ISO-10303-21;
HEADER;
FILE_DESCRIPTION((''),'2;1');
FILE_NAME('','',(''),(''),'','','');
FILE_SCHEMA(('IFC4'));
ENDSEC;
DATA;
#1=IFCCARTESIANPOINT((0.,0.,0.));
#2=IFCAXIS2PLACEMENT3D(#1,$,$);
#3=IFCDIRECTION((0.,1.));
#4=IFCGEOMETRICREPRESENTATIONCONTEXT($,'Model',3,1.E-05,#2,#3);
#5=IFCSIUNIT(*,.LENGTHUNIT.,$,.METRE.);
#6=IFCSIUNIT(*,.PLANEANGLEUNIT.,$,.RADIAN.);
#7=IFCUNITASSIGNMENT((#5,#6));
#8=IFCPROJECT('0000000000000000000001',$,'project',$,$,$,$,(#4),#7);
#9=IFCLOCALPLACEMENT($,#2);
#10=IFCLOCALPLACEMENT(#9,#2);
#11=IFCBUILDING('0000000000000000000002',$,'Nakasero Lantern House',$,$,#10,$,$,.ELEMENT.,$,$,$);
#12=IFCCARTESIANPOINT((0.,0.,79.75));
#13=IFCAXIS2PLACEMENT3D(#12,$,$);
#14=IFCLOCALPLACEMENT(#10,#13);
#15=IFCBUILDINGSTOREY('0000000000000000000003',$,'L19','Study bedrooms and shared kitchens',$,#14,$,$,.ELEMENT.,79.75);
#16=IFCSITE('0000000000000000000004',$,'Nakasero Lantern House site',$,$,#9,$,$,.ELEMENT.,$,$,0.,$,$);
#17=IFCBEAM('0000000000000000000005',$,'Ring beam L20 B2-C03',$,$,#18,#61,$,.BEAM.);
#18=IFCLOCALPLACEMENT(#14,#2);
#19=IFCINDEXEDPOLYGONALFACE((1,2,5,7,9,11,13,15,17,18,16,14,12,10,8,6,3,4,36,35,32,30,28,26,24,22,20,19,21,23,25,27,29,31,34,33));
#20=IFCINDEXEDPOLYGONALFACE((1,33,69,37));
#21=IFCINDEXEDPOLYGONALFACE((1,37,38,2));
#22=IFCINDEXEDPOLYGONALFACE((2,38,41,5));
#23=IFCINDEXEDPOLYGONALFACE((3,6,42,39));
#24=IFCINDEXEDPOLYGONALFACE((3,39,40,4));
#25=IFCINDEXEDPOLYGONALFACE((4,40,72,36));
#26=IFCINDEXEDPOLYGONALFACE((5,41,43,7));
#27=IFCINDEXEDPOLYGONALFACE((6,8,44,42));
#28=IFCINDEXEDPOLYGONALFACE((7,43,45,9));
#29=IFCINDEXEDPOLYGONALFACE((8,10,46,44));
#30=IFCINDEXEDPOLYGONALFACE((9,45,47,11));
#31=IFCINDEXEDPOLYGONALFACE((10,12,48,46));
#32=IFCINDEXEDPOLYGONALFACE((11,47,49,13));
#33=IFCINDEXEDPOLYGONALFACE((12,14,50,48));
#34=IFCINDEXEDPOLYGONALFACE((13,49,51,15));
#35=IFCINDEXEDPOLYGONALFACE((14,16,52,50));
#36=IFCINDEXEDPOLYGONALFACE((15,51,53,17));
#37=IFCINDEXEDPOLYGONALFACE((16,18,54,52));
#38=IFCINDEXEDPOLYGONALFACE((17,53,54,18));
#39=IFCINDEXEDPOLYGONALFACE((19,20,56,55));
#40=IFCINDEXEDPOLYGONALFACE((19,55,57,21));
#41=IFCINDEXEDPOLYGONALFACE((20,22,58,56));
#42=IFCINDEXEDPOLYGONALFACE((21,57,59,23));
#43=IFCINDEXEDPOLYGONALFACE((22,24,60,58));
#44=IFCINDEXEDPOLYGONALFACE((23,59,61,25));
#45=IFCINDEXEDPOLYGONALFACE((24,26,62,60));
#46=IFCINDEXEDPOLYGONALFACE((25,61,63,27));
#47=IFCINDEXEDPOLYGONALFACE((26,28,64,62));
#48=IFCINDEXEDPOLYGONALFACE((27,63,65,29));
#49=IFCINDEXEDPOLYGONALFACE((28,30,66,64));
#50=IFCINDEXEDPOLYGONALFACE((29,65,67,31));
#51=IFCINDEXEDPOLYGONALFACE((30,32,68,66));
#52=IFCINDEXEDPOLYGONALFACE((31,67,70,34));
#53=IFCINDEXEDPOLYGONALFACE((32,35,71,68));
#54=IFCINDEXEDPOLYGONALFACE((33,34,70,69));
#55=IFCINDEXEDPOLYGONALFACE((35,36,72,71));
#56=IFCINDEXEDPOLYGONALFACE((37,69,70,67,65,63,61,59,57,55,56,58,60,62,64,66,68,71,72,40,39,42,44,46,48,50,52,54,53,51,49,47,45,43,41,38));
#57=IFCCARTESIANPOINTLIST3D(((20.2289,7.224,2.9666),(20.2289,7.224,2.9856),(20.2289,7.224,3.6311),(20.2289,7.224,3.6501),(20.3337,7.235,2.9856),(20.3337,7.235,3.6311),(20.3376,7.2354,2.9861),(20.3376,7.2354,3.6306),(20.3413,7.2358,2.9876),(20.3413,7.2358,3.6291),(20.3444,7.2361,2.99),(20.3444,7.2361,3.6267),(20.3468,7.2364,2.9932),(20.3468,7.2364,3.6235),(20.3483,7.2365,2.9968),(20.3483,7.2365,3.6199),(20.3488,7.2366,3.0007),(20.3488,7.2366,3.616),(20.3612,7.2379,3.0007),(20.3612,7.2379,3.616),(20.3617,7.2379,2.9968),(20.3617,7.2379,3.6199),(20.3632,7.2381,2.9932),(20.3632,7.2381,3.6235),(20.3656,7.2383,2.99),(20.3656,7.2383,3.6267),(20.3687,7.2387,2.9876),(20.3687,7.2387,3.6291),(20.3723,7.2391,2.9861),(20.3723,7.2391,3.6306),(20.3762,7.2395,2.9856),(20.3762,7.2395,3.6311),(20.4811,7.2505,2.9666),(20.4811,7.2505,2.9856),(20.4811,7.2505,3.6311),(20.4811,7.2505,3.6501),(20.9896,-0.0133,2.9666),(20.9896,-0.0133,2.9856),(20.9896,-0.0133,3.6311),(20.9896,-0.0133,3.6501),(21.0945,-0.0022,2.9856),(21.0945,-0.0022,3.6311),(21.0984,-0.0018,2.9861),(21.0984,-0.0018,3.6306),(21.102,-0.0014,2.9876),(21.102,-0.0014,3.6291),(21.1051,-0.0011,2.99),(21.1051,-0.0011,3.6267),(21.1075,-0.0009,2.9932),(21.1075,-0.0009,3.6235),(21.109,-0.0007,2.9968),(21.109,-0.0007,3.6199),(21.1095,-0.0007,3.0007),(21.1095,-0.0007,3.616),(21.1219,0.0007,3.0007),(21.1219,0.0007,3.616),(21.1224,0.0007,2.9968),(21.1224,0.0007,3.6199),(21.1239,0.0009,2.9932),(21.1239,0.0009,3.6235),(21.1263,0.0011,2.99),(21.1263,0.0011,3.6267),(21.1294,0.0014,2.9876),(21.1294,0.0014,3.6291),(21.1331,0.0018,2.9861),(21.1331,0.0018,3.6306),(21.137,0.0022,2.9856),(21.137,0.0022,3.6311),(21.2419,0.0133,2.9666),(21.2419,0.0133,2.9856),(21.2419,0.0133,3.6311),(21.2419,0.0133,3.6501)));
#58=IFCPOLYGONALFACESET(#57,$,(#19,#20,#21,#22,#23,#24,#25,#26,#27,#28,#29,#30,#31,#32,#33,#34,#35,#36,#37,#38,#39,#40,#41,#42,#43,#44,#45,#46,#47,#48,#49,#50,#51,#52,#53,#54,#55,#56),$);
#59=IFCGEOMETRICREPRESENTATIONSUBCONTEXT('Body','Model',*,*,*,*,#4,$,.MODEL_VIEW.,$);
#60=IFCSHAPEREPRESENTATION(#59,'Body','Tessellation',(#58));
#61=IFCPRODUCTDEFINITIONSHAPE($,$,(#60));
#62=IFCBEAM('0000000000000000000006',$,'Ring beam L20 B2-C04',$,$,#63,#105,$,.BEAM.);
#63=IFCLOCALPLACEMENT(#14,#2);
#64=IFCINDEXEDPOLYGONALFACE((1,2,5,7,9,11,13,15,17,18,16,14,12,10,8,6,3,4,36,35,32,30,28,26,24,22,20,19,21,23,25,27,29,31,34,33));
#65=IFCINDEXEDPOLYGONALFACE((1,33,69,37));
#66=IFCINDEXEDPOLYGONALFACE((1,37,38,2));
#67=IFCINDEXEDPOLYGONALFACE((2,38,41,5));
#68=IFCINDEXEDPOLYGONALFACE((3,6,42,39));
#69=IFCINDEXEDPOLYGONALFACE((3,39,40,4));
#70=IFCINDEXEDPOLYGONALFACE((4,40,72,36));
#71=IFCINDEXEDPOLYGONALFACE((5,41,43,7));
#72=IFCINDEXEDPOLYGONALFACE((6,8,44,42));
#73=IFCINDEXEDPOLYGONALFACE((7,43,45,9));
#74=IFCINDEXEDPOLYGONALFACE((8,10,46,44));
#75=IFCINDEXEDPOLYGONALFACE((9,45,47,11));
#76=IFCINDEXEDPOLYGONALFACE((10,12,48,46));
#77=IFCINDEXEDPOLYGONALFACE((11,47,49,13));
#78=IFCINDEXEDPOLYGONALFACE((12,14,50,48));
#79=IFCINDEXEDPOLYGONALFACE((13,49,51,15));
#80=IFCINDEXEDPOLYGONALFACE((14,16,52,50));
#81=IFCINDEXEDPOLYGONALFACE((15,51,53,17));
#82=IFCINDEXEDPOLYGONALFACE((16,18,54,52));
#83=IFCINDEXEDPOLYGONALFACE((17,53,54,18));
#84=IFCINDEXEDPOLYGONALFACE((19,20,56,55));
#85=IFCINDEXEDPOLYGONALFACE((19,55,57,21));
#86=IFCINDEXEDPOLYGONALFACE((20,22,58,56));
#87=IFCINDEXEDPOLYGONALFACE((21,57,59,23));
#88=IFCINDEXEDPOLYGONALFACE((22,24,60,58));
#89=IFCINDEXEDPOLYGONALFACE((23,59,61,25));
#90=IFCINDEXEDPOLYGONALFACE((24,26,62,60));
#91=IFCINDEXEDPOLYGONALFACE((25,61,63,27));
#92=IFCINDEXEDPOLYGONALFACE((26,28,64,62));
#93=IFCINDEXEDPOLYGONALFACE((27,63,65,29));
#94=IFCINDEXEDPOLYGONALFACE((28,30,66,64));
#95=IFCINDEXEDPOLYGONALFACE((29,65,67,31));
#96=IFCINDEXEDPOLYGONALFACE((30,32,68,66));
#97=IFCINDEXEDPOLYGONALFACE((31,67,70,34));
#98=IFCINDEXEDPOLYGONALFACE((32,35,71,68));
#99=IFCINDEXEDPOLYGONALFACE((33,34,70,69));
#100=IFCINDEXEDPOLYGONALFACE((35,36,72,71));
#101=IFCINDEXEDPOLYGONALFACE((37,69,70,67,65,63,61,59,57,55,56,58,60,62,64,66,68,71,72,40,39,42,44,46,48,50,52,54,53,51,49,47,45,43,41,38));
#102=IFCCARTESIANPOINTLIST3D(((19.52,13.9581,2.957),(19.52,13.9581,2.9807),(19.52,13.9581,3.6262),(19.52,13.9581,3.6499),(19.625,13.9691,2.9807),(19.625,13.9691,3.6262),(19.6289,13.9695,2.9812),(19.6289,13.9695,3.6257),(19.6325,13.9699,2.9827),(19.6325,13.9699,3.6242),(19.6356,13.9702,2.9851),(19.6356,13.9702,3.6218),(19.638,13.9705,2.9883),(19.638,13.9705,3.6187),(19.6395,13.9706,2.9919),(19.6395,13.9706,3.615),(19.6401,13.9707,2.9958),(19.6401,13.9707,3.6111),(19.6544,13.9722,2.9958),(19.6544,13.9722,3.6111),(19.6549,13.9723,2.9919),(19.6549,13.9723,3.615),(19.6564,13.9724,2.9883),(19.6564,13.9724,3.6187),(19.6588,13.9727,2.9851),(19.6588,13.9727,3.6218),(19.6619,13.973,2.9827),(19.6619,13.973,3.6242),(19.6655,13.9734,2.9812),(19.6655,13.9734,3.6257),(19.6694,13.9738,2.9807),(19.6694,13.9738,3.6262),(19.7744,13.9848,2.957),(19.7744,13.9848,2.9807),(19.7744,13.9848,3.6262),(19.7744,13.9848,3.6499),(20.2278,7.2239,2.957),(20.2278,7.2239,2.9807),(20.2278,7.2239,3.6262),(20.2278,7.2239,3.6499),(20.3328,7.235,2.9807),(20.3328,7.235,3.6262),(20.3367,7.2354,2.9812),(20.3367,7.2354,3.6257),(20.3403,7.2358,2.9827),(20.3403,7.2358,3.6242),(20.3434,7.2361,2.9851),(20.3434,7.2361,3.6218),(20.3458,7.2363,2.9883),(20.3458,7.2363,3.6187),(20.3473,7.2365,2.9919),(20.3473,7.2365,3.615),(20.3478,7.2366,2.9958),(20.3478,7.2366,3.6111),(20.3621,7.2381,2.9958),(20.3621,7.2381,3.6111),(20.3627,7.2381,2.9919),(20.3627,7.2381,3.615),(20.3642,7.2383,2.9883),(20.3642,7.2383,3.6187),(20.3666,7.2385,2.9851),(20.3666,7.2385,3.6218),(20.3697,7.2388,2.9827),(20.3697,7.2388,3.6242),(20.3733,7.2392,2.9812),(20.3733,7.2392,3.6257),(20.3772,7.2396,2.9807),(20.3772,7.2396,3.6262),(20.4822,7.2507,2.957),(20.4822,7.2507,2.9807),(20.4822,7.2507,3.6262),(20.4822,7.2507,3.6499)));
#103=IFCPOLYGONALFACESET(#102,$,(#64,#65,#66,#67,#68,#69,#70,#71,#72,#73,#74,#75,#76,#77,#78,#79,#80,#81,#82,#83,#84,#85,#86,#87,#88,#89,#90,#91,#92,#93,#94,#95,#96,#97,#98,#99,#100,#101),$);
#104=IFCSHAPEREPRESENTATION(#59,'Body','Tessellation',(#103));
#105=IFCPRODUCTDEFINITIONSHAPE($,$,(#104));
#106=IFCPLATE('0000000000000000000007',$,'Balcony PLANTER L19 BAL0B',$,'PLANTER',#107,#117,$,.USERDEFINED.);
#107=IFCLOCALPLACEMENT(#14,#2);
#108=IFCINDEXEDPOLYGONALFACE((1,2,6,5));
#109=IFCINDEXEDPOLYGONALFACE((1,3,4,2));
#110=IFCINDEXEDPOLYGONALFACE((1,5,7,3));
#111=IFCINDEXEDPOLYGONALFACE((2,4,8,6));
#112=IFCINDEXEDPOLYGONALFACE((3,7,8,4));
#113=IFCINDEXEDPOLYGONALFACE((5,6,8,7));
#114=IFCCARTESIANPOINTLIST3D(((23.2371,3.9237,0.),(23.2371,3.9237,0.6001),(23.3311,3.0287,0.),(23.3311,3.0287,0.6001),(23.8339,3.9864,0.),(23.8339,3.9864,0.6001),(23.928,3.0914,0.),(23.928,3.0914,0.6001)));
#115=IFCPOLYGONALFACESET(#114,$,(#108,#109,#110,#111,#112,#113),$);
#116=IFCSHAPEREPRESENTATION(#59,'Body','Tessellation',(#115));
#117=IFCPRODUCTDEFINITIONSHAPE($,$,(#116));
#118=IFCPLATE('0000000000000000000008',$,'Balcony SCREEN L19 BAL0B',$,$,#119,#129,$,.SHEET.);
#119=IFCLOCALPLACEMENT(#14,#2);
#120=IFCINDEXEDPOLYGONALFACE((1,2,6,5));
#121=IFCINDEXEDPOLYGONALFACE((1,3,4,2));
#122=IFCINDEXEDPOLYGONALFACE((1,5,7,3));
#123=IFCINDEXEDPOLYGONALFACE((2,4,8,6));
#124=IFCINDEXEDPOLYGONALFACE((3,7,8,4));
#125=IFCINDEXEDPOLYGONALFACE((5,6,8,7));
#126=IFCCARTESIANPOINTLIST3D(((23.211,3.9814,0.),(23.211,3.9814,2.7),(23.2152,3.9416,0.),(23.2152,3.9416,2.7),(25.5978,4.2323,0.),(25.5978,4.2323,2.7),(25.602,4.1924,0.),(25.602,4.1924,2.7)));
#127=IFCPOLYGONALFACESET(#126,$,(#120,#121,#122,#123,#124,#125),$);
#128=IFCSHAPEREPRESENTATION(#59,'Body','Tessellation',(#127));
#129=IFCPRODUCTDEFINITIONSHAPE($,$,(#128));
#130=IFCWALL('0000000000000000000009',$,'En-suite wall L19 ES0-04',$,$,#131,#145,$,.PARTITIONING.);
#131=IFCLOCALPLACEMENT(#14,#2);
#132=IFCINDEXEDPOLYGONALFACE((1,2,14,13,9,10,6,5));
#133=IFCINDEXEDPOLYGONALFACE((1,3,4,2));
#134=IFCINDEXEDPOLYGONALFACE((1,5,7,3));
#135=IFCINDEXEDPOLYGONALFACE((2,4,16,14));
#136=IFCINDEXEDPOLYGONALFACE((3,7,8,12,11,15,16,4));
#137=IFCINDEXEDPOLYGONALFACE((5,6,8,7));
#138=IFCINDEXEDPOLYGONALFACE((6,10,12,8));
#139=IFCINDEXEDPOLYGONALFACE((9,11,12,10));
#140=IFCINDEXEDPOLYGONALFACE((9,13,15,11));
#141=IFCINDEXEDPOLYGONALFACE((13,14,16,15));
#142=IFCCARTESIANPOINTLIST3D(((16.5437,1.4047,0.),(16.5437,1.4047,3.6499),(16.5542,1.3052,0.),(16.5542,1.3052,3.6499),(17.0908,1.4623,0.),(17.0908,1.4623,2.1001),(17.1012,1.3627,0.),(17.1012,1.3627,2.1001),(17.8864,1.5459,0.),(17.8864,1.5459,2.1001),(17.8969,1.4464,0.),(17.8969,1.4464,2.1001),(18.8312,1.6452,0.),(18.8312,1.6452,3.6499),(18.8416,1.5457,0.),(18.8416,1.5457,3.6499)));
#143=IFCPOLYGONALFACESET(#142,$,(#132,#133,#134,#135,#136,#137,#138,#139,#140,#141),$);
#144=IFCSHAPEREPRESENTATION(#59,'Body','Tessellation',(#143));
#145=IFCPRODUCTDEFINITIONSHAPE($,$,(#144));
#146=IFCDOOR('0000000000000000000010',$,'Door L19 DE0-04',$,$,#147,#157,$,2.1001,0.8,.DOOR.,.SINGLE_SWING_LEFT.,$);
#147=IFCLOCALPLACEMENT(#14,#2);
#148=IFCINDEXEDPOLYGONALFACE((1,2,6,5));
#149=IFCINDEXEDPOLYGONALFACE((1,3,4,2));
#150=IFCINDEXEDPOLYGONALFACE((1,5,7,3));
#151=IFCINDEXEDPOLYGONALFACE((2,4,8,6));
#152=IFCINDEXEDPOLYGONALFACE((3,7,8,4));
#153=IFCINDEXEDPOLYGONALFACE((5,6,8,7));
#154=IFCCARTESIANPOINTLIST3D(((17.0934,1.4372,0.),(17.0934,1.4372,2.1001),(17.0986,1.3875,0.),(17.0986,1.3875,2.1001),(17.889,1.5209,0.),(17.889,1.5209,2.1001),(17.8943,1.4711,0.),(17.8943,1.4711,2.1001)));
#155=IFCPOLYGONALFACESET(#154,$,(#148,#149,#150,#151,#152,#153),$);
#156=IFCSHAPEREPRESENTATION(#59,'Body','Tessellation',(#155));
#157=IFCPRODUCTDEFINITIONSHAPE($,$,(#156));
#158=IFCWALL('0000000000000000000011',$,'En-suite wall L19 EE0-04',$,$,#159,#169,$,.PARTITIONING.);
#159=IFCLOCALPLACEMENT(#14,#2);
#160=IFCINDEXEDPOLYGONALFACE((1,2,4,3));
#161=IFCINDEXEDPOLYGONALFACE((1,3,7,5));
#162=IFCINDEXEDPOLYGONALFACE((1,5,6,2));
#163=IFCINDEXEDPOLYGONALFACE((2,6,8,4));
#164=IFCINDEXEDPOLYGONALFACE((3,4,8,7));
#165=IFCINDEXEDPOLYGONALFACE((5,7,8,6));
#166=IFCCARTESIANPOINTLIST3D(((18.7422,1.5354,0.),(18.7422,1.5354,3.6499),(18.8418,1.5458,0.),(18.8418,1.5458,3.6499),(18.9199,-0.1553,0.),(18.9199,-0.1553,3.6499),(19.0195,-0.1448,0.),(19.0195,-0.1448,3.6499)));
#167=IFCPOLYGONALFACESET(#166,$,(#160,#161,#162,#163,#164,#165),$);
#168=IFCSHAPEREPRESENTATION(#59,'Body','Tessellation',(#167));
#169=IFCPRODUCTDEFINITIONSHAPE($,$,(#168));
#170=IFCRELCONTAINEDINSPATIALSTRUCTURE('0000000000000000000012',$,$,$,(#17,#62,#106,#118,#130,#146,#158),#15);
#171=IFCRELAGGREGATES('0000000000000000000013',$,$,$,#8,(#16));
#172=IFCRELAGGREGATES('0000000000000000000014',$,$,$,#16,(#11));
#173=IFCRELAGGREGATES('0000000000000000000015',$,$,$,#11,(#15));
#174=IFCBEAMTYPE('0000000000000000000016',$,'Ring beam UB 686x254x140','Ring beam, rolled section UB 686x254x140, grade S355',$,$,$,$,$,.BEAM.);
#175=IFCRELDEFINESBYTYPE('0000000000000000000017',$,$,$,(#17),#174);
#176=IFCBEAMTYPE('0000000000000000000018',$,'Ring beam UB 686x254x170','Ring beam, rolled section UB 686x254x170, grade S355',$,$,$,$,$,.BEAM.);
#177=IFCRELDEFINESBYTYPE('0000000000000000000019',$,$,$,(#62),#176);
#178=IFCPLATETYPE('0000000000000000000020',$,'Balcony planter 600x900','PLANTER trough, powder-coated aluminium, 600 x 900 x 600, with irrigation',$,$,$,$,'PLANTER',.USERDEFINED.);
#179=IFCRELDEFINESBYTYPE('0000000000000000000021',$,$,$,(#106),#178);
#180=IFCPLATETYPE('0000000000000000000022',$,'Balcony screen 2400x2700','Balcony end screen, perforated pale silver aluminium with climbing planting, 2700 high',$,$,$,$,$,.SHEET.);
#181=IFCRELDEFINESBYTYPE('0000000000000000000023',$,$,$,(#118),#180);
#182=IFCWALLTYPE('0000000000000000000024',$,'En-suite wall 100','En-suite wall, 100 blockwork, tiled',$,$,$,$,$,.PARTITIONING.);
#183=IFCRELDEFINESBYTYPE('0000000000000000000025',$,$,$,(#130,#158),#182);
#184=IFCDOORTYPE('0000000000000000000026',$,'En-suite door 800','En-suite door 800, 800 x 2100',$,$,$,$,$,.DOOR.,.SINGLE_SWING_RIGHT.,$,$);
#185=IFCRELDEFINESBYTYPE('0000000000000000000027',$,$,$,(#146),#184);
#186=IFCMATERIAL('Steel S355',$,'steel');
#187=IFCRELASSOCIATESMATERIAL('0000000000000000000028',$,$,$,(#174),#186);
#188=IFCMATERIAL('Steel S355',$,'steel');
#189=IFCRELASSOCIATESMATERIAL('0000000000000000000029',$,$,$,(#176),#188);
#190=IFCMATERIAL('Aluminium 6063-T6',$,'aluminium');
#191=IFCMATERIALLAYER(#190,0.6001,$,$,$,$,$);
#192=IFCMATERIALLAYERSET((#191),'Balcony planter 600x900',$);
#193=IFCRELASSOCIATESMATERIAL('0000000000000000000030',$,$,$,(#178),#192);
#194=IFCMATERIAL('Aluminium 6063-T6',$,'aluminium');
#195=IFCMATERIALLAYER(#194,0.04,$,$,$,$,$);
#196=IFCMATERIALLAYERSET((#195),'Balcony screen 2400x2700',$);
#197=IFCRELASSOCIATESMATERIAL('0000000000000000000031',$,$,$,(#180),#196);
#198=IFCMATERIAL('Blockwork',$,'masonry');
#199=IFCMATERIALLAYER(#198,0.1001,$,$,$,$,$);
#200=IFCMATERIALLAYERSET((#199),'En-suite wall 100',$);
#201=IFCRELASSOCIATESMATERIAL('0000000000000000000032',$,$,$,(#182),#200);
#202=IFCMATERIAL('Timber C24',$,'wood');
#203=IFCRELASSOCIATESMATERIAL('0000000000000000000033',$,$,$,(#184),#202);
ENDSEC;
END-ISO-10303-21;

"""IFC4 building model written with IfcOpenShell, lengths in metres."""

from ifc_helpers import new_model, si_unit, direction, frame, frame_2d, origin, origin_2d, place, context, subcontext, project, spatial, rectangle, i_section, extrude, material, layer, layer_set, material_profile, profile_set, type_object, element, fill, save


model = new_model("IFC4")

# Units and contexts
model_context = context("Model", 3, precision=1e-05, world=origin(), true_north=direction((0.0, 1.0)))
body_context = subcontext(model_context, "Body", "Model", "MODEL_VIEW")
ifc_project = project(units=[si_unit("LENGTHUNIT", "METRE"), si_unit("PLANEANGLEUNIT", "RADIAN")], contexts=[model_context])

# Site, building, storey
site_placement = place(None, origin())
site = spatial("IfcSite", under=ifc_project, at=site_placement, Name="Nakasero Lantern House site", CompositionType="ELEMENT", RefElevation=0.0)
building_placement = place(site_placement, origin())
building = spatial("IfcBuilding", under=site, at=building_placement, Name="Nakasero Lantern House", CompositionType="ELEMENT")
storey_placement = place(building_placement, frame((0.0, 0.0, 79.75)))
storey = spatial("IfcBuildingStorey", under=building, at=storey_placement, Name="L19", Description="Study bedrooms and shared kitchens", CompositionType="ELEMENT", Elevation=79.75)

# Beams
ifc_material_1 = material(Name="Steel S355", Category="steel")
ifc_material_profile_1 = material_profile(ifc_material_1, i_section(OverallWidth=0.2537, OverallDepth=0.6836, WebThickness=0.0125, FlangeThickness=0.019, FilletRadius=0.0151, at=origin_2d()), Name="UB 686x254x140")
ifc_profile_set_1 = profile_set([ifc_material_profile_1], Name="Steel S355")
beam_type_1 = type_object("IfcBeamType", Name="Ring beam UB 686x254x140", Description="Ring beam, rolled section UB 686x254x140, grade S355", PredefinedType="BEAM", material=ifc_profile_set_1)
beam_1_placement = place(storey_placement, frame((21.1157, 0.0, 3.3083), z_axis=(-0.104538, 0.994521, 0.0), x_axis=(-0.994521, -0.104538, 0.0)))
element("IfcBeam", 1, at=beam_1_placement, inside=storey, type_object=beam_type_1, Name="Ring beam L20 B2-C03", PredefinedType="BEAM", context=body_context, shape_type="SweptSolid", body=[
    extrude(i_section(OverallWidth=0.2537, OverallDepth=0.6836, WebThickness=0.0125, FlangeThickness=0.019, FilletRadius=0.0151, at=origin_2d()), origin(), (0.0, 0.0, 1.0), 7.2771),
])
ifc_material_2 = material(Name="Steel S355", Category="steel")
ifc_material_profile_2 = material_profile(ifc_material_2, i_section(OverallWidth=0.2559, OverallDepth=0.6929, WebThickness=0.0144, FlangeThickness=0.0237, FilletRadius=0.0151, at=origin_2d()), Name="UB 686x254x170")
ifc_profile_set_2 = profile_set([ifc_material_profile_2], Name="Steel S355")
beam_type_2 = type_object("IfcBeamType", Name="Ring beam UB 686x254x170", Description="Ring beam, rolled section UB 686x254x170, grade S355", PredefinedType="BEAM", material=ifc_profile_set_2)
beam_2_placement = place(storey_placement, frame((20.355, 7.2373, 3.3035), z_axis=(-0.104525, 0.994522, 0.0), x_axis=(-0.994522, -0.104525, 0.0)))
element("IfcBeam", 2, at=beam_2_placement, inside=storey, type_object=beam_type_2, Name="Ring beam L20 B2-C04", PredefinedType="BEAM", context=body_context, shape_type="SweptSolid", body=[
    extrude(i_section(OverallWidth=0.2559, OverallDepth=0.6929, WebThickness=0.0144, FlangeThickness=0.0237, FilletRadius=0.0151, at=origin_2d()), origin(), (0.0, 0.0, 1.0), 6.7712),
])

# Plates
ifc_material_3 = material(Name="Aluminium 6063-T6", Category="aluminium")
ifc_layer_1 = layer(ifc_material_3, 0.6001)
ifc_layer_set_1 = layer_set([ifc_layer_1], Name="Balcony planter 600x900")
plate_type_1 = type_object("IfcPlateType", Name="Balcony planter 600x900", Description="PLANTER trough, powder-coated aluminium, 600 x 900 x 600, with irrigation", ElementType="PLANTER", PredefinedType="USERDEFINED", material=ifc_layer_set_1)
plate_1_placement = place(storey_placement, frame((23.5825, 3.5076, 0.0), z_axis=(0.0, 0.0, 1.0), x_axis=(0.994522, 0.104528, 0.0)))
element("IfcPlate", 3, at=plate_1_placement, inside=storey, type_object=plate_type_1, Name="Balcony PLANTER L19 BAL0B", ObjectType="PLANTER", PredefinedType="USERDEFINED", context=body_context, shape_type="SweptSolid", body=[
    extrude(rectangle(XDim=0.6001, YDim=0.8999, at=origin_2d()), origin(), (0.0, 0.0, 1.0), 0.6001),
])
ifc_material_4 = material(Name="Aluminium 6063-T6", Category="aluminium")
ifc_layer_2 = layer(ifc_material_4, 0.04)
ifc_layer_set_2 = layer_set([ifc_layer_2], Name="Balcony screen 2400x2700")
plate_type_2 = type_object("IfcPlateType", Name="Balcony screen 2400x2700", Description="Balcony end screen, perforated pale silver aluminium with climbing planting, 2700 high", PredefinedType="SHEET", material=ifc_layer_set_2)
plate_2_placement = place(storey_placement, frame((24.4065, 4.0869, 0.0), z_axis=(0.0, 0.0, 1.0), x_axis=(0.994522, 0.104528, 0.0)))
element("IfcPlate", 4, at=plate_2_placement, inside=storey, type_object=plate_type_2, Name="Balcony SCREEN L19 BAL0B", PredefinedType="SHEET", context=body_context, shape_type="SweptSolid", body=[
    extrude(rectangle(XDim=2.3999, YDim=0.04, at=origin_2d()), origin(), (0.0, 0.0, 1.0), 2.7),
])

# Wall, opening, door
ifc_material_5 = material(Name="Blockwork", Category="masonry")
ifc_layer_3 = layer(ifc_material_5, 0.1001)
ifc_layer_set_3 = layer_set([ifc_layer_3], Name="En-suite wall 100")
wall_type_1 = type_object("IfcWallType", Name="En-suite wall 100", Description="En-suite wall, 100 blockwork, tiled", PredefinedType="PARTITIONING", material=ifc_layer_set_3)
wall_1_placement = place(storey_placement, frame((16.5491, 1.355, 0.0), z_axis=(0.0, 0.0, 1.0), x_axis=(0.994519, 0.104558, 0.0)))
wall_1 = element("IfcWall", 5, at=wall_1_placement, inside=storey, type_object=wall_type_1, Name="En-suite wall L19 ES0-04", PredefinedType="PARTITIONING", context=body_context, shape_type="SweptSolid", body=[
    extrude(rectangle(XDim=2.3, YDim=0.1001, at=frame_2d((1.1499, 0.0))), origin(), (0.0, 0.0, 1.0), 3.6499),
])
opening_1_placement = place(wall_1_placement, frame((0.55, 0.0, 0.0)))
opening_1 = element("IfcOpeningElement", 6, at=opening_1_placement, cuts=wall_1, PredefinedType="OPENING", context=body_context, shape_type="SweptSolid", body=[
    extrude(rectangle(XDim=0.8, YDim=2.1001, at=frame_2d((0.3999, 1.05))), frame((0.0, 0.0701, 0.0), z_axis=(0.0, -1.0, 0.0), x_axis=(1.0, 0.0, 0.0)), (0.0, 0.0, 1.0), 0.1401),
])
ifc_material_6 = material(Name="Timber C24", Category="wood")
door_type_1 = type_object("IfcDoorType", Name="En-suite door 800", Description="En-suite door 800, 800 x 2100", OperationType="SINGLE_SWING_RIGHT", PredefinedType="DOOR", material=ifc_material_6)
door_1_placement = place(opening_1_placement, origin())
door_1 = element("IfcDoor", 7, at=door_1_placement, inside=storey, type_object=door_type_1, Name="Door L19 DE0-04", OperationType="SINGLE_SWING_LEFT", OverallHeight=2.1001, OverallWidth=0.8, PredefinedType="DOOR", context=body_context, shape_type="SweptSolid", body=[
    extrude(rectangle(XDim=0.8, YDim=2.1001, at=frame_2d((0.3999, 1.05))), frame((0.0, 0.0249, 0.0), z_axis=(0.0, -1.0, 0.0), x_axis=(1.0, 0.0, 0.0)), (0.0, 0.0, 1.0), 0.05),
])
fill(opening_1, door_1)

# Wall
wall_2_placement = place(storey_placement, frame((18.9697, -0.1501, 0.0), z_axis=(0.0, 0.0, 1.0), x_axis=(-0.10455, 0.99452, 0.0)))
element("IfcWall", 8, at=wall_2_placement, inside=storey, type_object=wall_type_1, Name="En-suite wall L19 EE0-04", PredefinedType="PARTITIONING", context=body_context, shape_type="SweptSolid", body=[
    extrude(rectangle(XDim=1.7, YDim=0.1001, at=frame_2d((0.8501, 0.0))), origin(), (0.0, 0.0, 1.0), 3.6499),
])

save(model, "model.ifc")
